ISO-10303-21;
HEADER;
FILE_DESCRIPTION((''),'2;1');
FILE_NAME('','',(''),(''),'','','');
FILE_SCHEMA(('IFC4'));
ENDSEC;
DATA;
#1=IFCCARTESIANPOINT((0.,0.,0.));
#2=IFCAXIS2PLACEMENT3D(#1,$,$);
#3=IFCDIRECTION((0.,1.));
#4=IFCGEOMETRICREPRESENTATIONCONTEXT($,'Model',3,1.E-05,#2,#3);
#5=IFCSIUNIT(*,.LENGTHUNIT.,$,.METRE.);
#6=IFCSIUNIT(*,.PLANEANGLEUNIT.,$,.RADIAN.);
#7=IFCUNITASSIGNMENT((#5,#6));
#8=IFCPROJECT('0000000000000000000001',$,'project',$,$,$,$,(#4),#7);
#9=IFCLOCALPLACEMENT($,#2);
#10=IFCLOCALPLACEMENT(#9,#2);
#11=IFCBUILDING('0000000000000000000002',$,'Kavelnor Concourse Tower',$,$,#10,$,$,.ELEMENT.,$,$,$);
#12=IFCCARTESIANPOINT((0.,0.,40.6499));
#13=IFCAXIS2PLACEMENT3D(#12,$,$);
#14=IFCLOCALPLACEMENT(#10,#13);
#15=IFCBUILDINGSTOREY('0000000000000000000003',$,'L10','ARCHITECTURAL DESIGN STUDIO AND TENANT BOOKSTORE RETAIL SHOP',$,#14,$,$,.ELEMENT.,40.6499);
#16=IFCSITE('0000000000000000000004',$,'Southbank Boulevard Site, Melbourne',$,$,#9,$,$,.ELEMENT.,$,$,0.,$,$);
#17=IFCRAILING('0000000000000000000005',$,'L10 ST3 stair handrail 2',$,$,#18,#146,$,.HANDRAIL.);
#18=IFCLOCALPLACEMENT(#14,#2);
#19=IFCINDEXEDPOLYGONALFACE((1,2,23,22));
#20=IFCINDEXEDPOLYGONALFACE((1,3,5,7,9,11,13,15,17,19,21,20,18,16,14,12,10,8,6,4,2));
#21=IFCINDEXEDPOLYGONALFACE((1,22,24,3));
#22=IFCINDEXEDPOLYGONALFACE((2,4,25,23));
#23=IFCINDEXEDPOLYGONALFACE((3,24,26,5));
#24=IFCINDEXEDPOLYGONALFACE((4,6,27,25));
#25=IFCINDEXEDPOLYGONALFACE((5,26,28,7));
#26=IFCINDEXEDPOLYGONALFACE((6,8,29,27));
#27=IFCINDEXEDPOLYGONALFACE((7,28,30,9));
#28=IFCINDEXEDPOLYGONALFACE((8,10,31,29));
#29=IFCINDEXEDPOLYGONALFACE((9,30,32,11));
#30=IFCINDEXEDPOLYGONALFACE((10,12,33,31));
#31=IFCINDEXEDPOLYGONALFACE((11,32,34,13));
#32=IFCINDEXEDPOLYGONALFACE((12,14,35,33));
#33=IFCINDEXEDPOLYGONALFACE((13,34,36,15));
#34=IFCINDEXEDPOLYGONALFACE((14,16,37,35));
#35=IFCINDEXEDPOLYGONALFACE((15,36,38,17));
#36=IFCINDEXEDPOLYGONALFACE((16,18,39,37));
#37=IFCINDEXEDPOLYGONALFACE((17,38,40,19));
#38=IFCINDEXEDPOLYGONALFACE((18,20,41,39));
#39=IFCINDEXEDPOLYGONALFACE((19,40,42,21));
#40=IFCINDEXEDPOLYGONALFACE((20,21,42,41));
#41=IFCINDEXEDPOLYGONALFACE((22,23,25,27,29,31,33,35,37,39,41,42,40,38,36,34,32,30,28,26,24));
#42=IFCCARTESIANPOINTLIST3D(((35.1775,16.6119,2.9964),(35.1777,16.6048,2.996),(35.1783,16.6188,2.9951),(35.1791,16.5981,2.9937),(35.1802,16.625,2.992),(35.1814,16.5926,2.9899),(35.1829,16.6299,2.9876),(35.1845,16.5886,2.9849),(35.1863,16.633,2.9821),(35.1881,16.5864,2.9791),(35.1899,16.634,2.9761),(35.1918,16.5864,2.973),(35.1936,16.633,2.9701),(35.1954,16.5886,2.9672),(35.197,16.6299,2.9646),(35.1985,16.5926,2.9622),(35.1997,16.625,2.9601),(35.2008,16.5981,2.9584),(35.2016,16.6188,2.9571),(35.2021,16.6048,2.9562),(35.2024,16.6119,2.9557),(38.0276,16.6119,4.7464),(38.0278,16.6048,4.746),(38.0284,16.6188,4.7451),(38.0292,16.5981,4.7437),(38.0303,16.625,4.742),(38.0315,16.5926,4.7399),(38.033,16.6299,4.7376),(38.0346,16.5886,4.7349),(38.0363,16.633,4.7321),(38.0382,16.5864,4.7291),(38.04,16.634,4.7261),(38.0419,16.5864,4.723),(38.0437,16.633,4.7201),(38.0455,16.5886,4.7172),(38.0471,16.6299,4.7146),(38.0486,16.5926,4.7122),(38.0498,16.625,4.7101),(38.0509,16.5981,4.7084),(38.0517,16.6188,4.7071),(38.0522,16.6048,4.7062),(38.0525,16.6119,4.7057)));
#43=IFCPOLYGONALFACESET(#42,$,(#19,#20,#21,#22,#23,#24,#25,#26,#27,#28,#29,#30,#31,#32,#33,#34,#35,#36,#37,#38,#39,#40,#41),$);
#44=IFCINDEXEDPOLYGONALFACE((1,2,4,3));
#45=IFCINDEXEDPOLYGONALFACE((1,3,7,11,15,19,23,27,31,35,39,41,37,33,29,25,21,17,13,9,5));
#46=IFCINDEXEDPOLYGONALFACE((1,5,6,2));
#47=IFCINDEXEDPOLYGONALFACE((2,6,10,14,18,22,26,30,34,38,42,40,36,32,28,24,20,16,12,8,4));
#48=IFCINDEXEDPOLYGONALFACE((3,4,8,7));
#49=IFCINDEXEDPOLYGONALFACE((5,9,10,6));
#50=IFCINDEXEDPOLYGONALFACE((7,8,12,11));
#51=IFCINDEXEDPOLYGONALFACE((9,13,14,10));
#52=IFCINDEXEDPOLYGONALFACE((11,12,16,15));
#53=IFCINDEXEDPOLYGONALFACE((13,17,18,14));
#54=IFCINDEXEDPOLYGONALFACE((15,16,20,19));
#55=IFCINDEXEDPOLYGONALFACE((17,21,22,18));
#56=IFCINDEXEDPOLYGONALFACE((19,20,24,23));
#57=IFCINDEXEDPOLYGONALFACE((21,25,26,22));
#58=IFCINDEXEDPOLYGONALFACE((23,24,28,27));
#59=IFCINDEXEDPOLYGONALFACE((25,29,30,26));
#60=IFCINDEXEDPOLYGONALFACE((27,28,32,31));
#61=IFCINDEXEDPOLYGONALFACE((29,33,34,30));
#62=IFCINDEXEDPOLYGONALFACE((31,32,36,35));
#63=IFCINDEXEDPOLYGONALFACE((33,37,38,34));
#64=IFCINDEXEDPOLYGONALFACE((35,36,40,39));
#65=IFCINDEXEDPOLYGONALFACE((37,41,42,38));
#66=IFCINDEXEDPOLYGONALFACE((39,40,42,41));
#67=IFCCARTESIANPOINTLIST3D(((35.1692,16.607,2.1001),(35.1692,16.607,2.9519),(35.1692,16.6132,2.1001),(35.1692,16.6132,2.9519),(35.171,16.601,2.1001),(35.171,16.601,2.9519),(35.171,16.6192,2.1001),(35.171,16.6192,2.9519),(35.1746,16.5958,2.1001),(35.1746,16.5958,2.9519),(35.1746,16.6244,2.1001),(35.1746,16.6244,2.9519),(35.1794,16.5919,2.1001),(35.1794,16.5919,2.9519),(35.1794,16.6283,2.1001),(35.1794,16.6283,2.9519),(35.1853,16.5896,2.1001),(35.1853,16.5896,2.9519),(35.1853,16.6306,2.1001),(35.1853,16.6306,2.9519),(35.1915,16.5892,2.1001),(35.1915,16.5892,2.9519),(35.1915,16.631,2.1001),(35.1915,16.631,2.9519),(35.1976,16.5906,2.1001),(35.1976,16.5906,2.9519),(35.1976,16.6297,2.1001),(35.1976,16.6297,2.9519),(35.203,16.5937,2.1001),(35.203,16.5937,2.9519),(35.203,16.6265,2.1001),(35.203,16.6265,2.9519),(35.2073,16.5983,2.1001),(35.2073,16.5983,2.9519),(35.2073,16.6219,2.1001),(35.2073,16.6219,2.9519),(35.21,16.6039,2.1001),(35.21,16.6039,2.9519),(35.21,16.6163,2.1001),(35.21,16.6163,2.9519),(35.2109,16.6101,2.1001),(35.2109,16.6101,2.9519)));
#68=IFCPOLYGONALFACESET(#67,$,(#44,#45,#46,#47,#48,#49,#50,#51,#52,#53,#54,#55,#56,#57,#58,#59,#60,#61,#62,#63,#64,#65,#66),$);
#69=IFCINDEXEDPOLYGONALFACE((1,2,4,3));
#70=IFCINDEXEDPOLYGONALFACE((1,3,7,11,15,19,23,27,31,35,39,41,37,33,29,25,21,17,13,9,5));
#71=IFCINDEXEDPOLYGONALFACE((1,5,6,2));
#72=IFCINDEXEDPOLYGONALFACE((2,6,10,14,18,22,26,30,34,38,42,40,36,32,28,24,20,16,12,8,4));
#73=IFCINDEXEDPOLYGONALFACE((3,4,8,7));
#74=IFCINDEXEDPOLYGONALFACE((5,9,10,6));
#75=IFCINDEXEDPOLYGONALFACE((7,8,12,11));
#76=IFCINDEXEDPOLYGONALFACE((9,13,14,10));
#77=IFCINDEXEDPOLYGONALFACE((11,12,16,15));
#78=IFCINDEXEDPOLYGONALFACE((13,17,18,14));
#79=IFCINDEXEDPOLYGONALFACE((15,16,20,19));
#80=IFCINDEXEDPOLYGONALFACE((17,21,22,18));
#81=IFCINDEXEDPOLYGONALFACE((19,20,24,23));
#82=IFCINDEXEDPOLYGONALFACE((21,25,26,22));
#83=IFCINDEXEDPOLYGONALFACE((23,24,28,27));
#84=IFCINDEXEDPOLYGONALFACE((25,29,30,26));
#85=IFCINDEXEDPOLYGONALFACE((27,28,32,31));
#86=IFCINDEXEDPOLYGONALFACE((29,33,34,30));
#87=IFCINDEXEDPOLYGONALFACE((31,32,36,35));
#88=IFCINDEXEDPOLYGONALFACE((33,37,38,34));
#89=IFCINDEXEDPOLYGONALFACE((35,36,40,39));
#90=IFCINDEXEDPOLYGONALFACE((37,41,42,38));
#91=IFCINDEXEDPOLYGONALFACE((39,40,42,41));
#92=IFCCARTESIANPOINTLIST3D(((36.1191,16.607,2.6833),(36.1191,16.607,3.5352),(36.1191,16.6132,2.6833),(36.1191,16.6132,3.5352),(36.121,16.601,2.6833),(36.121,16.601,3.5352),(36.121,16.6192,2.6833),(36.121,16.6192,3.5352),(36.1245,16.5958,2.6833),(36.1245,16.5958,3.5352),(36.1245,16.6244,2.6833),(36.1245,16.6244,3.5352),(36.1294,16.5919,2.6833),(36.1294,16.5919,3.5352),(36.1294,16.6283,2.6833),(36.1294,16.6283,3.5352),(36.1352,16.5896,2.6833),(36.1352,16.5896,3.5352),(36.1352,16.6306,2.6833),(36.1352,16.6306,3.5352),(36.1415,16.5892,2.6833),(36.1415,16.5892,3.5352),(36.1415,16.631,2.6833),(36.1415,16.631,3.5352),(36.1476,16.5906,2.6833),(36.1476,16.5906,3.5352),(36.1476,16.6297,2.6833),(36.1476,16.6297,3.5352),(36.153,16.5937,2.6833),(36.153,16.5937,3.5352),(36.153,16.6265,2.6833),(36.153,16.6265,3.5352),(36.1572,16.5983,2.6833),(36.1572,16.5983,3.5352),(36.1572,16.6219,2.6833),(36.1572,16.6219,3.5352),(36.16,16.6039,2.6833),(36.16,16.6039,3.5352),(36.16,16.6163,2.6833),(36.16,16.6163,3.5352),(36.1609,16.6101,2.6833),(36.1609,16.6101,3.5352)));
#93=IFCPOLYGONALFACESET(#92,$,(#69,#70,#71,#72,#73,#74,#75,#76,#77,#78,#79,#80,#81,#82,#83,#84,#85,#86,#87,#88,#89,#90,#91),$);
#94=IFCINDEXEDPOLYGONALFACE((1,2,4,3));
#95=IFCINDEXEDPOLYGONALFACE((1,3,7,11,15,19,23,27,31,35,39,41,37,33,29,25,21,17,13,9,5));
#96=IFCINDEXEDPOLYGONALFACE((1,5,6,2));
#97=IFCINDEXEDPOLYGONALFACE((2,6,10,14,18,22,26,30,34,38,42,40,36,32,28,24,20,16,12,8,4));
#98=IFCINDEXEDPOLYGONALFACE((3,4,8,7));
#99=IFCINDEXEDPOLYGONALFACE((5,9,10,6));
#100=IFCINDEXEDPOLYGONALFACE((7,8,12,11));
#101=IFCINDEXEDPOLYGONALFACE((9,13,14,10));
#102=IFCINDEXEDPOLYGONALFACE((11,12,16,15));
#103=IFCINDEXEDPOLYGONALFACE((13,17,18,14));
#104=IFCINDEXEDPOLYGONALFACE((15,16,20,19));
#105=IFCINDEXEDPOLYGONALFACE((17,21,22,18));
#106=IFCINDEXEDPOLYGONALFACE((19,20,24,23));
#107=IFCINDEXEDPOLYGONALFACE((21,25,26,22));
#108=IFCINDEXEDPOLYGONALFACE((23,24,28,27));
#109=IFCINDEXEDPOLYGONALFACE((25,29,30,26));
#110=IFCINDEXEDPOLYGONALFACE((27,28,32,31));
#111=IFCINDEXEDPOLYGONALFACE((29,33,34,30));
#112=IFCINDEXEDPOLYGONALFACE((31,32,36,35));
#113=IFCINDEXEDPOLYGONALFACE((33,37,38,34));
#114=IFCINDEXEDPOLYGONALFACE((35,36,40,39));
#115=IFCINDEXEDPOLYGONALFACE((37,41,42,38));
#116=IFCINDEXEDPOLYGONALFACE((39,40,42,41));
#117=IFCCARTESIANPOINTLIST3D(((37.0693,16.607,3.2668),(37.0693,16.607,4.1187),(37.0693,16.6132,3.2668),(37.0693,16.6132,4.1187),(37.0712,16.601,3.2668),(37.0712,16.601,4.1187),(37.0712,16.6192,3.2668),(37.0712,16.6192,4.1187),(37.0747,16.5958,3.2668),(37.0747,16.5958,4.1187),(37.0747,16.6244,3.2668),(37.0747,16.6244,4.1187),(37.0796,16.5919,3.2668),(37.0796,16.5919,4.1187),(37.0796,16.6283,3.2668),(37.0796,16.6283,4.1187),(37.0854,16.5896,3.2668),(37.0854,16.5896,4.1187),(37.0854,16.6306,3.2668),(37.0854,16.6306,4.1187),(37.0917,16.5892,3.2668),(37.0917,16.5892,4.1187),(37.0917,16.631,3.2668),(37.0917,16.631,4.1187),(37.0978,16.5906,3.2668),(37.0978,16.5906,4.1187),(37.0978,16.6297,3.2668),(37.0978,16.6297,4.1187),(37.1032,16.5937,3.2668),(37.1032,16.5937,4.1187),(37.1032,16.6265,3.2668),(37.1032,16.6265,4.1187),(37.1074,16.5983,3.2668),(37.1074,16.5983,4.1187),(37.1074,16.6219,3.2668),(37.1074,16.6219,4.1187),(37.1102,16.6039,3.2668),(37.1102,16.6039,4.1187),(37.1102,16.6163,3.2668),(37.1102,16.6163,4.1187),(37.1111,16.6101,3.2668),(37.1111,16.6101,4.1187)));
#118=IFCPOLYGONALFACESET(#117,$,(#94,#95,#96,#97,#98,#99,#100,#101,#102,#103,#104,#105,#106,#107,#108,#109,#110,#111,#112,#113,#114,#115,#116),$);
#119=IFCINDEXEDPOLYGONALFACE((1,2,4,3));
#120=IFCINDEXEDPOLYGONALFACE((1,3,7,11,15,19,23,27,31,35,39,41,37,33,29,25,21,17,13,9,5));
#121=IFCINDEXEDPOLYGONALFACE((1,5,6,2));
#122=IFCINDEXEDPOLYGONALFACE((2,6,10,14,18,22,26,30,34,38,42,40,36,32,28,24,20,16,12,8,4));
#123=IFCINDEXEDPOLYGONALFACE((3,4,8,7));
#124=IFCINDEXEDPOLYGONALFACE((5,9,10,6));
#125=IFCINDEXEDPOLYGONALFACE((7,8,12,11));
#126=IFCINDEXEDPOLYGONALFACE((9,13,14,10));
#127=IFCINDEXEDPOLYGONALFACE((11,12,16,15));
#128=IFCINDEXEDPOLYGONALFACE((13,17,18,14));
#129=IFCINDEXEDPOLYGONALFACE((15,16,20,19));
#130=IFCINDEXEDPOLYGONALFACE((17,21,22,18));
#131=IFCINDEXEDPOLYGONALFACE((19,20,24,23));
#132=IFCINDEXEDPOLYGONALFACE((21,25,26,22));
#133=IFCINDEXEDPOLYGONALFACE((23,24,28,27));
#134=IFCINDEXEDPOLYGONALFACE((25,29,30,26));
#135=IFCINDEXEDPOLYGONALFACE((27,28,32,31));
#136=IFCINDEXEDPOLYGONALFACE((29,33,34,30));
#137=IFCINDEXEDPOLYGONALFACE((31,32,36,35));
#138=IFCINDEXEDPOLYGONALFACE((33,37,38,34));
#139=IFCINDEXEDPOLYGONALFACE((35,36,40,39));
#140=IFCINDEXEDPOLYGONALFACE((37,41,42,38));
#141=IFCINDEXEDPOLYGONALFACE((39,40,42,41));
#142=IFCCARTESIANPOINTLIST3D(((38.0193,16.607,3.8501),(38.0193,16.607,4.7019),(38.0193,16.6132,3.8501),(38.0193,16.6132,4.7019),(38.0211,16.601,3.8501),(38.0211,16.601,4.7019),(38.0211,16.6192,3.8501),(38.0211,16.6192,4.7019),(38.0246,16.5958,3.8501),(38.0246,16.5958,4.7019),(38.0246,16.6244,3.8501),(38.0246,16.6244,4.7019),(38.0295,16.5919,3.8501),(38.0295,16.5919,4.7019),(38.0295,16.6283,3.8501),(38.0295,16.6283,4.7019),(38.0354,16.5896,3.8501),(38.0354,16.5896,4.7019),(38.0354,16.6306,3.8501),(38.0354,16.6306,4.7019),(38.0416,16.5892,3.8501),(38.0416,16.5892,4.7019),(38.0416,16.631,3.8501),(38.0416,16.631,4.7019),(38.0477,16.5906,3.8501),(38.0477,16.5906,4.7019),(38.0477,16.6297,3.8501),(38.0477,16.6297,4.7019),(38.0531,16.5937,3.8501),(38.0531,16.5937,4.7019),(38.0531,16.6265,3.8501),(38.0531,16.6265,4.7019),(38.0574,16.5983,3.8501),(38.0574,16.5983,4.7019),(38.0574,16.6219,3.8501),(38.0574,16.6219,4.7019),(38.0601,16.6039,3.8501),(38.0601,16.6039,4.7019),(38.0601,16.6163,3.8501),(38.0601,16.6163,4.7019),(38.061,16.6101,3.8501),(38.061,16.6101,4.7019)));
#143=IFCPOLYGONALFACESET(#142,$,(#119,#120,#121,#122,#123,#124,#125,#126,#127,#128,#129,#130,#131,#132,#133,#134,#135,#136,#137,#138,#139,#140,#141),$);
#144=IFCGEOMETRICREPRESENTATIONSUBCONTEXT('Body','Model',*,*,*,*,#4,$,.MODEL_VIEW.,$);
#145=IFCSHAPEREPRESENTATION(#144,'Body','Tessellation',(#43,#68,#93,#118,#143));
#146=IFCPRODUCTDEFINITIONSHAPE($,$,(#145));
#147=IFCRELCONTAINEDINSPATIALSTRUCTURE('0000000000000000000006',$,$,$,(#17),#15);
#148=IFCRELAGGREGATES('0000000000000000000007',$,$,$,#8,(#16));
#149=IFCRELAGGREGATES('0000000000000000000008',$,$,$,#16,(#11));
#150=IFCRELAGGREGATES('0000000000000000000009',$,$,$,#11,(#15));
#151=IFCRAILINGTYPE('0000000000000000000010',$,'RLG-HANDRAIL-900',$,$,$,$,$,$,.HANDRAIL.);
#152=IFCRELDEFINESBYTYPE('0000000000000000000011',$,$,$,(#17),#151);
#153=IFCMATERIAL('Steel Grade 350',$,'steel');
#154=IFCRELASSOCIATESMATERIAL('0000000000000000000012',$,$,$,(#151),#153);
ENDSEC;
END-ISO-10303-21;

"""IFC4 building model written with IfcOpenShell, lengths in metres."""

from ifc_helpers import new_model, si_unit, direction, frame, origin, origin_2d, place, context, subcontext, project, spatial, circle, extrude, material, type_object, element, save


model = new_model("IFC4")

# Units and contexts
model_context = context("Model", 3, precision=1e-05, world=origin(), true_north=direction((0.0, 1.0)))
body_context = subcontext(model_context, "Body", "Model", "MODEL_VIEW")
ifc_project = project(units=[si_unit("LENGTHUNIT", "METRE"), si_unit("PLANEANGLEUNIT", "RADIAN")], contexts=[model_context])

# Site, building, storey
site_placement = place(None, origin())
site = spatial("IfcSite", under=ifc_project, at=site_placement, Name="Southbank Boulevard Site, Melbourne", CompositionType="ELEMENT", RefElevation=0.0)
building_placement = place(site_placement, origin())
building = spatial("IfcBuilding", under=site, at=building_placement, Name="Kavelnor Concourse Tower", CompositionType="ELEMENT")
storey_placement = place(building_placement, frame((0.0, 0.0, 40.6499)))
storey = spatial("IfcBuildingStorey", under=building, at=storey_placement, Name="L10", Description="ARCHITECTURAL DESIGN STUDIO AND TENANT BOOKSTORE RETAIL SHOP", CompositionType="ELEMENT", Elevation=40.6499)

# Shared definitions
ifc_material_1 = material(Name="Steel Grade 350", Category="steel")

# Railing
railing_type_1 = type_object("IfcRailingType", Name="RLG-HANDRAIL-900", PredefinedType="HANDRAIL", material=ifc_material_1)
railing_1_placement = place(storey_placement, frame((35.1899, 16.6101, 2.1001)))
element("IfcRailing", 1, at=railing_1_placement, inside=storey, type_object=railing_type_1, Name="L10 ST3 stair handrail 2", PredefinedType="HANDRAIL", context=body_context, shape_type="SweptSolid", body=[
    extrude(circle(Radius=0.0239, at=origin_2d()), frame((0.0, 0.0, 0.876), z_axis=(0.852179, 0.0, 0.52325), x_axis=(0.0, 1.0, 0.0)), (0.0, 0.0, 1.0), 3.3445),
    extrude(circle(Radius=0.021, at=origin_2d()), origin(), (0.0, 0.0, 1.0), 0.8518),
    extrude(circle(Radius=0.021, at=origin_2d()), frame((0.95, 0.0, 0.5833)), (0.0, 0.0, 1.0), 0.8518),
    extrude(circle(Radius=0.021, at=origin_2d()), frame((1.9001, 0.0, 1.1667)), (0.0, 0.0, 1.0), 0.8518),
    extrude(circle(Radius=0.021, at=origin_2d()), frame((2.8501, 0.0, 1.75)), (0.0, 0.0, 1.0), 0.8518),
])

save(model, "model.ifc")
